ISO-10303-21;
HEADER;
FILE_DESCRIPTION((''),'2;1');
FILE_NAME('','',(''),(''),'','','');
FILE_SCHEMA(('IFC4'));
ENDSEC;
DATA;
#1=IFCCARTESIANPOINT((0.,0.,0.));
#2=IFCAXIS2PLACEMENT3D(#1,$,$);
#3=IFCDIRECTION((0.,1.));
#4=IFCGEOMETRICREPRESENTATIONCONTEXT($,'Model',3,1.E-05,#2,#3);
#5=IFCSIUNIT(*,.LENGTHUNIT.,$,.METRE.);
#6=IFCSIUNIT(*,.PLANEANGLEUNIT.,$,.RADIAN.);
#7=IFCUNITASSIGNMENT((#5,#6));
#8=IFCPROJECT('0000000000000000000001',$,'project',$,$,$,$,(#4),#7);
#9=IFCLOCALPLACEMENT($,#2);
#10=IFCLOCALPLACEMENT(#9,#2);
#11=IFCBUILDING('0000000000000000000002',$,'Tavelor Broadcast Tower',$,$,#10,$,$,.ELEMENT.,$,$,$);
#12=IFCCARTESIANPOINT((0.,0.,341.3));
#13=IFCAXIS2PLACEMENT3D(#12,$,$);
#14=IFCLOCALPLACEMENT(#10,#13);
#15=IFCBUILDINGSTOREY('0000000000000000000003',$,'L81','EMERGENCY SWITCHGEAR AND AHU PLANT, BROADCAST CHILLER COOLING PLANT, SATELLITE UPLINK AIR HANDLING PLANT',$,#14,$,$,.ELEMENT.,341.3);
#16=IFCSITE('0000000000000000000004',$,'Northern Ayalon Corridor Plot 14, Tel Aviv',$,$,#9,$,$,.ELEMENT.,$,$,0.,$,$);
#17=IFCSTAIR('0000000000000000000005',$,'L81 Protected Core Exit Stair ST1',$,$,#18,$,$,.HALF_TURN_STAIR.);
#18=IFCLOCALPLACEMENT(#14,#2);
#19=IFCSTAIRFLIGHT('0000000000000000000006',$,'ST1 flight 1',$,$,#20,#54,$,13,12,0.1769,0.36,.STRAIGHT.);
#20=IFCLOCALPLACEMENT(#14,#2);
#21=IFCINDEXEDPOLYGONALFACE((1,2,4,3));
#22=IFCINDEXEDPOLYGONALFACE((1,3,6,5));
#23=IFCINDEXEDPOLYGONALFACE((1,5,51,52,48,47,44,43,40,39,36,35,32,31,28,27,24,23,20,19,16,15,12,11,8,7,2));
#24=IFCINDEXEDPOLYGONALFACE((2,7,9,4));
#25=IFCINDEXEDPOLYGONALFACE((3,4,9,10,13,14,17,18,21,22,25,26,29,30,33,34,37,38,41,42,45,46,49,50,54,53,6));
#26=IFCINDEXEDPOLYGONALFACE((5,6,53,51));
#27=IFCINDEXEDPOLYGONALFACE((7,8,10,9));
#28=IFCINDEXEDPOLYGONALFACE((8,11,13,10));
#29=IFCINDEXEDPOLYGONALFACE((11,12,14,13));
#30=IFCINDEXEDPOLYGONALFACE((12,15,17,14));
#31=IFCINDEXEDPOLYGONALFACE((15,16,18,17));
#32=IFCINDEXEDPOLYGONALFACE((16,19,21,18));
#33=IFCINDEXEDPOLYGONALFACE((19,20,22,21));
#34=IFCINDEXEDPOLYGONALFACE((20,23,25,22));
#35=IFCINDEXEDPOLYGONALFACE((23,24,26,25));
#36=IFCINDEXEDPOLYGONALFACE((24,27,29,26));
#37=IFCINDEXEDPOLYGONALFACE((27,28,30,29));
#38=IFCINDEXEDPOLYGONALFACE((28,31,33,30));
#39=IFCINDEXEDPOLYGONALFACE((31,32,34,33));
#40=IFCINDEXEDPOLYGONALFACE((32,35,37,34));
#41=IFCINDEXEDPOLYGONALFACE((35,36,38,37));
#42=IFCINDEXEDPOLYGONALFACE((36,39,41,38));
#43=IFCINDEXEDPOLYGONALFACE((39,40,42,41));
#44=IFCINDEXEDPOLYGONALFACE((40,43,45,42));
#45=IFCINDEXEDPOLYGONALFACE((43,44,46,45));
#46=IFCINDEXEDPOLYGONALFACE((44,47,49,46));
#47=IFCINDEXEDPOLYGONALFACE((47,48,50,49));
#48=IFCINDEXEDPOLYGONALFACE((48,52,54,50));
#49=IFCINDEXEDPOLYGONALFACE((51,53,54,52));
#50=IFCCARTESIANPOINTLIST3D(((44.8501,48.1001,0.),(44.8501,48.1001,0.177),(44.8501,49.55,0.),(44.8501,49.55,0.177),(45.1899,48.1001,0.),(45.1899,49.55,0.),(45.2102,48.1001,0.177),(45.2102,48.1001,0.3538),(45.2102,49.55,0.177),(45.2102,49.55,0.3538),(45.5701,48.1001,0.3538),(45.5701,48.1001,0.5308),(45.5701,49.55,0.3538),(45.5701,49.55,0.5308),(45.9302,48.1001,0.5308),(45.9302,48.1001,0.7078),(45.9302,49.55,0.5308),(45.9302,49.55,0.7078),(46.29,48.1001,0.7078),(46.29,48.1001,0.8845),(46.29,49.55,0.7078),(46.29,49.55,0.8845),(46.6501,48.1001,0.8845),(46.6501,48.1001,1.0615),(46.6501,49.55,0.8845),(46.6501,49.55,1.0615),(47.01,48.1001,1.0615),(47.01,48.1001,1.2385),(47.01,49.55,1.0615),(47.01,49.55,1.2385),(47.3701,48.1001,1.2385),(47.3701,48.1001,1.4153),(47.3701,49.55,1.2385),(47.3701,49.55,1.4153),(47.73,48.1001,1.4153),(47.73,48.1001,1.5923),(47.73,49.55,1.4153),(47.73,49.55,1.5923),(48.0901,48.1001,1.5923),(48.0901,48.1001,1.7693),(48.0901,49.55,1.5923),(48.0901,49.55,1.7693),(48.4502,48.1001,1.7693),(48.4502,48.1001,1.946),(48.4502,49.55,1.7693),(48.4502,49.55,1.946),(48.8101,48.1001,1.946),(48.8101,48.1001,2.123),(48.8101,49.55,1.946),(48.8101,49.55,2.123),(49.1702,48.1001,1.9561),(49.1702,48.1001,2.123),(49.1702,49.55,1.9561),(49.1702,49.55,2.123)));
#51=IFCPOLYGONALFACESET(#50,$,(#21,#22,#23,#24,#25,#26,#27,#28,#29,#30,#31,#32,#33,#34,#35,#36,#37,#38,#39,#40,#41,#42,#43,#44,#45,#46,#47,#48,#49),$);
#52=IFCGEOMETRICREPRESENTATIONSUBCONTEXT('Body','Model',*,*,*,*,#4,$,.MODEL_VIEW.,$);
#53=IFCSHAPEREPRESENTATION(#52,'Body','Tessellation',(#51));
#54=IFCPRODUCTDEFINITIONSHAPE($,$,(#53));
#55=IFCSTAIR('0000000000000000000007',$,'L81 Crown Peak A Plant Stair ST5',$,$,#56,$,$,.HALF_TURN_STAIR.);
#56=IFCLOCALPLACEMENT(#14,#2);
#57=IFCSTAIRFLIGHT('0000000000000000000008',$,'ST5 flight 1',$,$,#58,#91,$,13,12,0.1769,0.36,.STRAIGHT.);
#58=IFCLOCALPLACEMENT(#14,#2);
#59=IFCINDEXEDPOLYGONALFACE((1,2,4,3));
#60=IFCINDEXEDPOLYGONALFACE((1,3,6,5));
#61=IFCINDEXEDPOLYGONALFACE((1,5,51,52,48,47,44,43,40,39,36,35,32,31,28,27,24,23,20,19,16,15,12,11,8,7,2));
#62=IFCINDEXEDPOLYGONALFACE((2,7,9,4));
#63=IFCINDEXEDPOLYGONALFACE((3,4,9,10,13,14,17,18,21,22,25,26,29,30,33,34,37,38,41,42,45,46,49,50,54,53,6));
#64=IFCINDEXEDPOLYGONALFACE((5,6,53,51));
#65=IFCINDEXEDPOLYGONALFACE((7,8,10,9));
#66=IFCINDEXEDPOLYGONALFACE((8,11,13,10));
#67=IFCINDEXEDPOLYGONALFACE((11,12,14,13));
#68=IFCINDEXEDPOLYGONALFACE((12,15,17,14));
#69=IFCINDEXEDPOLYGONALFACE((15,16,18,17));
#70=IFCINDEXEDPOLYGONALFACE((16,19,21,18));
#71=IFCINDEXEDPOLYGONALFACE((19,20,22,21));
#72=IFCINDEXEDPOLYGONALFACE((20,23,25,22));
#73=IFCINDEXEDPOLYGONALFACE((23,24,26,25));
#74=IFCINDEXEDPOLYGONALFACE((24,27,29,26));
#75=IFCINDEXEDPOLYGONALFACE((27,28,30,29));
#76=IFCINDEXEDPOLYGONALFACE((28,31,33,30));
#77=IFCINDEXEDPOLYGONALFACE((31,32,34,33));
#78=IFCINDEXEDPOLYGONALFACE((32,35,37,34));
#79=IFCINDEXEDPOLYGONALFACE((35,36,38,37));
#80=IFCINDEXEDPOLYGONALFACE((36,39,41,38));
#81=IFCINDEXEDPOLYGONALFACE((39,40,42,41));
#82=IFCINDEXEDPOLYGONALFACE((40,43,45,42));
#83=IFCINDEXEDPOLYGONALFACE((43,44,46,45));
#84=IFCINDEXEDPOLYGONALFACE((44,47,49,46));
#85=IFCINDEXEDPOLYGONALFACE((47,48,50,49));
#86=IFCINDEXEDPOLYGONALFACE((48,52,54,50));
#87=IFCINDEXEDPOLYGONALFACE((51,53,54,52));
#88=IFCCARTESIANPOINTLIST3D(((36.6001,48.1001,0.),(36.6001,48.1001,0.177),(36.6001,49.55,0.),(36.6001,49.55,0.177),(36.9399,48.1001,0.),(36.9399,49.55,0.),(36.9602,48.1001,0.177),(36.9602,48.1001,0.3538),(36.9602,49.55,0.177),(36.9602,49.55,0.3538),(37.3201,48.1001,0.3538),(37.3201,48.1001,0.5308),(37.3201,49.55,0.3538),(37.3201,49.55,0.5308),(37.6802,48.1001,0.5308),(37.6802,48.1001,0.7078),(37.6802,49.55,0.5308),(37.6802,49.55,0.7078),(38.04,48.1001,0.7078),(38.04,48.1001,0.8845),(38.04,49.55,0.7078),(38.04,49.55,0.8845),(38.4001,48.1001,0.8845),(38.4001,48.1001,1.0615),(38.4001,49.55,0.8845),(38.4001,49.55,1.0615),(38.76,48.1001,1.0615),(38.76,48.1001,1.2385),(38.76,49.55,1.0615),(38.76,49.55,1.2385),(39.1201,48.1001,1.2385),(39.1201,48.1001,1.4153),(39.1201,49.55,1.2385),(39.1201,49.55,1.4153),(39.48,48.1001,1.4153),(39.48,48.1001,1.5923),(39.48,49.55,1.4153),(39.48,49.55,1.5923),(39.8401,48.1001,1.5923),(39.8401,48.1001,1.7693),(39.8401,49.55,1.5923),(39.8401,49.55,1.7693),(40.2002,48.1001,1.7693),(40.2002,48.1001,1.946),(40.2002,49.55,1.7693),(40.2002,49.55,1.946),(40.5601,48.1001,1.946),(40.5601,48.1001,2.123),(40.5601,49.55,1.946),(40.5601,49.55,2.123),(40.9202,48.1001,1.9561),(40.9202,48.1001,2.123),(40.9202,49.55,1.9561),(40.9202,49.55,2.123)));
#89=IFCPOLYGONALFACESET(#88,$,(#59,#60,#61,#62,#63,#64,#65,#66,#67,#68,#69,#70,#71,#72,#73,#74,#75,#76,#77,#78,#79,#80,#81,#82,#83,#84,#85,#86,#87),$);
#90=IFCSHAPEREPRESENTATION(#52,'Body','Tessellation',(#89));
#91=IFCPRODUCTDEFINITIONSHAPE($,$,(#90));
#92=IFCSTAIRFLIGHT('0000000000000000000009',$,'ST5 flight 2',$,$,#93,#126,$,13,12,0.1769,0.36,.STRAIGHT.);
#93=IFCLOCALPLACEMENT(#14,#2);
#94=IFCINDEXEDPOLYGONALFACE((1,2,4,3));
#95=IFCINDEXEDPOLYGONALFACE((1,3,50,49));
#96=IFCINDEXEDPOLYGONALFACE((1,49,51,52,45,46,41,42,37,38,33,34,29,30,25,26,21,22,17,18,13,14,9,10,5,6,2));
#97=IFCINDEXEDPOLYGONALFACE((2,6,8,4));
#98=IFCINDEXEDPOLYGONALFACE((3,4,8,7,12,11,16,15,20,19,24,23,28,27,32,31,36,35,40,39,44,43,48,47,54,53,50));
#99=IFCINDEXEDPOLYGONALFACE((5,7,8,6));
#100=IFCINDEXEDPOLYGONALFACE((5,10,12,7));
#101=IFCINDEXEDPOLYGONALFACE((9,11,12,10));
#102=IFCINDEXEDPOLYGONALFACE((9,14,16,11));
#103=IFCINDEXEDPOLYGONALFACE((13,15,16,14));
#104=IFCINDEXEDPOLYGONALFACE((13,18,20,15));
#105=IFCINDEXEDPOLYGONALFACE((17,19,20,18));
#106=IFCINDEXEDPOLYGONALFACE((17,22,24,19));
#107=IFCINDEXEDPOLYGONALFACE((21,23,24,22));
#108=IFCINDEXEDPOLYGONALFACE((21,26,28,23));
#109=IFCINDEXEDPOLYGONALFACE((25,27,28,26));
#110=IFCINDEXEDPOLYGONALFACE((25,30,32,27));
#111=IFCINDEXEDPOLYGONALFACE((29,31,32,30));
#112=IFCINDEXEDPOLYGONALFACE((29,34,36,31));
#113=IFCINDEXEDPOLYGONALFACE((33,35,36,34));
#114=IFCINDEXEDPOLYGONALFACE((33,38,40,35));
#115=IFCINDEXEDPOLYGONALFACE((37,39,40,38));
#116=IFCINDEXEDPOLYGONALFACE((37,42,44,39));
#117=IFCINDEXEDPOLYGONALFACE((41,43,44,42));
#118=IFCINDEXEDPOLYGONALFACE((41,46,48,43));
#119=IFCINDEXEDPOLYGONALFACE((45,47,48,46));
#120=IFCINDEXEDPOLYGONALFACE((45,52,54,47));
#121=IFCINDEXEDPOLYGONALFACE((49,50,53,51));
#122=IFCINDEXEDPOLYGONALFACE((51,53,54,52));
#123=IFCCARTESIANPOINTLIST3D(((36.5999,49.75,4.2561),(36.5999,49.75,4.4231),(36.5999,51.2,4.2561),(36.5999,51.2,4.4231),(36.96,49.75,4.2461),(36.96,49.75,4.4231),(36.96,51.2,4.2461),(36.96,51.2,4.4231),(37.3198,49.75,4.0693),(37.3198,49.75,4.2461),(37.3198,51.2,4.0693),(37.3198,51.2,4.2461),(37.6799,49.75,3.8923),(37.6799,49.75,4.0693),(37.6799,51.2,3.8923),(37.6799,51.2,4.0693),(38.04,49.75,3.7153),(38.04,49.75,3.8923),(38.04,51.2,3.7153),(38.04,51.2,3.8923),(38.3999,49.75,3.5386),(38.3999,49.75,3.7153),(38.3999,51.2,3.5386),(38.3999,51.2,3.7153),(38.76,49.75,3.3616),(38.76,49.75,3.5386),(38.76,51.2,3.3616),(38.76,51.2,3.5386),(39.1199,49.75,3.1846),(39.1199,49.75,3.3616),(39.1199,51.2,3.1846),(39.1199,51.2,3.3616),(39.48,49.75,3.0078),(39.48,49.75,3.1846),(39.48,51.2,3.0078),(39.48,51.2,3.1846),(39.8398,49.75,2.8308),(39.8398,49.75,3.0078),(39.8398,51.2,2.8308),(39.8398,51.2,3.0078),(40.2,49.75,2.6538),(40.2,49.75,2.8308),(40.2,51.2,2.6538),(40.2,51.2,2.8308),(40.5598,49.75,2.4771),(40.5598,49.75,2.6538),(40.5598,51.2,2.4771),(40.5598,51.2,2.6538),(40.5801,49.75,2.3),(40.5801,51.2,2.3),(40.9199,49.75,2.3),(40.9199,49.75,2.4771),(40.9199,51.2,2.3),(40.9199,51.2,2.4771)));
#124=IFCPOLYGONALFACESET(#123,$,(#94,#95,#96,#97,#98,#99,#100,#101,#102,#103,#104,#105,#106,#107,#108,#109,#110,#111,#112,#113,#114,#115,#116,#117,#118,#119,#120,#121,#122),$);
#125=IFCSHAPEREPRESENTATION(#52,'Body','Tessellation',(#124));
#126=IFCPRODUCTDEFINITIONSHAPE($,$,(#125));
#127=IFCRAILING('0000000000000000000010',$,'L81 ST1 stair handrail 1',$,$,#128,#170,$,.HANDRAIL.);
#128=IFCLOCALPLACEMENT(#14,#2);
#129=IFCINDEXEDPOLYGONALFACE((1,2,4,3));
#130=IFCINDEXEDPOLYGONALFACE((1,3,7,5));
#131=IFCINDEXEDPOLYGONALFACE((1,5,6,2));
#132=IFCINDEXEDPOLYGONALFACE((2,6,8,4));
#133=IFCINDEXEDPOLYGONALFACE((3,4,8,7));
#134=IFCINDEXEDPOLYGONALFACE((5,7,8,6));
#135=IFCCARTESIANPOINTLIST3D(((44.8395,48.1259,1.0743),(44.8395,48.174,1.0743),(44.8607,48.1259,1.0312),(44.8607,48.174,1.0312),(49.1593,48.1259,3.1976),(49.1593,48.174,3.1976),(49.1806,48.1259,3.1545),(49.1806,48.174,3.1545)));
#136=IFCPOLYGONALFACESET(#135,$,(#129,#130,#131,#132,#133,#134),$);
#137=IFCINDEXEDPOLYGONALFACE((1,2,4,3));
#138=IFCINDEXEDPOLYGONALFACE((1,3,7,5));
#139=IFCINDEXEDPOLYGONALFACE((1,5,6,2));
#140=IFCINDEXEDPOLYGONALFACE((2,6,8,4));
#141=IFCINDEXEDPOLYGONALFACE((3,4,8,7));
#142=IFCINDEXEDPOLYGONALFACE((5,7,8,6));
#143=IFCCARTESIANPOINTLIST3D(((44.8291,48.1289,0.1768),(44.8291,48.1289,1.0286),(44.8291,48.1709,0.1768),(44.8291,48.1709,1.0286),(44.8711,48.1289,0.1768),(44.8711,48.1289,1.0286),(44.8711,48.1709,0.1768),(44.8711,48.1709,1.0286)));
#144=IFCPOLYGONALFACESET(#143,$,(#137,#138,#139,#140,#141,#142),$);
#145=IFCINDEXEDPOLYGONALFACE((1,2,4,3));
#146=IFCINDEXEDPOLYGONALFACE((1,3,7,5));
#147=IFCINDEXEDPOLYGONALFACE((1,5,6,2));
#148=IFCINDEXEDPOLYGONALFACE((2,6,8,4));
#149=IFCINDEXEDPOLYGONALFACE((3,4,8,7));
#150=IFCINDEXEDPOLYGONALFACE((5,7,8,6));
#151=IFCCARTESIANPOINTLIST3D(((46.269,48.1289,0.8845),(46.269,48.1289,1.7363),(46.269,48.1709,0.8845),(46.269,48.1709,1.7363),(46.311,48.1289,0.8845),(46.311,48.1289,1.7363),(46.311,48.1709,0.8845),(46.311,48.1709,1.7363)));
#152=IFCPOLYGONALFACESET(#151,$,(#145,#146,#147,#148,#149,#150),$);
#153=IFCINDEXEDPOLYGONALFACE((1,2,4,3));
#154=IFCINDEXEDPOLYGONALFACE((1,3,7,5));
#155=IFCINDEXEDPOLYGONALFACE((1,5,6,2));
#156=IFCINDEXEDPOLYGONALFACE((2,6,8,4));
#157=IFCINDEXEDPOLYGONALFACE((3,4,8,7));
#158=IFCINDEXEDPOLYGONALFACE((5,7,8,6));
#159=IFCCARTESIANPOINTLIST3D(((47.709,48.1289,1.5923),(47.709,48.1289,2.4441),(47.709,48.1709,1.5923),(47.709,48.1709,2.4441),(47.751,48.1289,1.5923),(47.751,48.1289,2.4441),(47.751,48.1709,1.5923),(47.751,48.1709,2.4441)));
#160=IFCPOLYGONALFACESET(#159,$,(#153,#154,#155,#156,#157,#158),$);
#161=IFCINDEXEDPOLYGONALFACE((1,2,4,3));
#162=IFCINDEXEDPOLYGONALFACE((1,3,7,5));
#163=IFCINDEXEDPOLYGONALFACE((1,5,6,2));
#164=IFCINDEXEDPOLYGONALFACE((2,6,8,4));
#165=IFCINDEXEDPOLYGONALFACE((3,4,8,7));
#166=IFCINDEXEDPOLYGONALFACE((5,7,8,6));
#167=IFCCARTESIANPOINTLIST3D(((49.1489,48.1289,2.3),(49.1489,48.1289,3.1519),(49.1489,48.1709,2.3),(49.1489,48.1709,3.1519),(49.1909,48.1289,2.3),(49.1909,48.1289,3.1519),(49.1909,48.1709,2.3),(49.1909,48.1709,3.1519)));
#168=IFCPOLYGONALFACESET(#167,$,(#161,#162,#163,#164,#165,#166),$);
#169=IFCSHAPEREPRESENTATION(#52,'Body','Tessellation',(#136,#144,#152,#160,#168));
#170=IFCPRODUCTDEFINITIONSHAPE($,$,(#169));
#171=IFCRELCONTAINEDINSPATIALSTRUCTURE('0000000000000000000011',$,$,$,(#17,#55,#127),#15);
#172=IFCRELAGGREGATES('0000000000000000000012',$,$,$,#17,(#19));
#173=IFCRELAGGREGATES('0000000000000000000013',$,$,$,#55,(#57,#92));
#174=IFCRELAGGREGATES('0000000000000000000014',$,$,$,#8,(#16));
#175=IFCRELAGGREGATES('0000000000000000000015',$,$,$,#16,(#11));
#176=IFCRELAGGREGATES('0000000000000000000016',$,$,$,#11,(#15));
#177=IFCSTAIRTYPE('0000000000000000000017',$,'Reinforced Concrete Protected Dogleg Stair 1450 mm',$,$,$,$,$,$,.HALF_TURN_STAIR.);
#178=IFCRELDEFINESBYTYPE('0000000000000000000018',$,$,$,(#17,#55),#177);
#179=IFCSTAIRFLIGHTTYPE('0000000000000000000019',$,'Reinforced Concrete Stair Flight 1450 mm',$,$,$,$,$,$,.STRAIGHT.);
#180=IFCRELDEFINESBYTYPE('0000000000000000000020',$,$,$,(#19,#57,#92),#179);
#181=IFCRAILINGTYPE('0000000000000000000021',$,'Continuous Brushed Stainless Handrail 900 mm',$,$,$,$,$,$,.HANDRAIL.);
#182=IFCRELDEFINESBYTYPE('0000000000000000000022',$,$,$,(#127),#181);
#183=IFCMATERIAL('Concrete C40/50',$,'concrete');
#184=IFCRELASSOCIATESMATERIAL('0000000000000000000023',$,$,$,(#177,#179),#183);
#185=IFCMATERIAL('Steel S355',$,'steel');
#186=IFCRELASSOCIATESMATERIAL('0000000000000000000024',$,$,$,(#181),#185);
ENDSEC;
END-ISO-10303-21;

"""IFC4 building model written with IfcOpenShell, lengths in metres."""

from ifc_helpers import new_model, si_unit, direction, frame, origin, origin_2d, place, context, subcontext, project, spatial, polyline, rectangle, outline, extrude, material, type_object, element, aggregate, save


model = new_model("IFC4")

# Units and contexts
model_context = context("Model", 3, precision=1e-05, world=origin(), true_north=direction((0.0, 1.0)))
body_context = subcontext(model_context, "Body", "Model", "MODEL_VIEW")
ifc_project = project(units=[si_unit("LENGTHUNIT", "METRE"), si_unit("PLANEANGLEUNIT", "RADIAN")], contexts=[model_context])

# Site, building, storey
site_placement = place(None, origin())
site = spatial("IfcSite", under=ifc_project, at=site_placement, Name="Northern Ayalon Corridor Plot 14, Tel Aviv", CompositionType="ELEMENT", RefElevation=0.0)
building_placement = place(site_placement, origin())
building = spatial("IfcBuilding", under=site, at=building_placement, Name="Tavelor Broadcast Tower", CompositionType="ELEMENT")
storey_placement = place(building_placement, frame((0.0, 0.0, 341.3)))
storey = spatial("IfcBuildingStorey", under=building, at=storey_placement, Name="L81", Description="EMERGENCY SWITCHGEAR AND AHU PLANT, BROADCAST CHILLER COOLING PLANT, SATELLITE UPLINK AIR HANDLING PLANT", CompositionType="ELEMENT", Elevation=341.3)

# Shared definitions
ifc_material_1 = material(Name="Concrete C40/50", Category="concrete")
ifc_material_2 = material(Name="Steel S355", Category="steel")

# Stair, stair flight
stair_type = type_object("IfcStairType", Name="Reinforced Concrete Protected Dogleg Stair 1450 mm", PredefinedType="HALF_TURN_STAIR", material=ifc_material_1)
stair_1_placement = place(storey_placement, origin())
stair_1 = element("IfcStair", 1, at=stair_1_placement, inside=storey, type_object=stair_type, Name="L81 Protected Core Exit Stair ST1", PredefinedType="HALF_TURN_STAIR")
stair_flight_type = type_object("IfcStairFlightType", Name="Reinforced Concrete Stair Flight 1450 mm", PredefinedType="STRAIGHT", material=ifc_material_1)
stair_flight_1_placement = place(storey_placement, frame((44.8501, 48.825, 0.0), z_axis=(0.0, 0.0, 1.0), x_axis=(1.0, 0.0, 0.0)))
stair_flight_1 = element("IfcStairFlight", 2, at=stair_flight_1_placement, type_object=stair_flight_type, Name="ST1 flight 1", NumberOfRisers=13, NumberOfTreads=12, PredefinedType="STRAIGHT", RiserHeight=0.1769, TreadLength=0.36, context=body_context, shape_type="SweptSolid", body=[
    extrude(outline(polyline([(0.0, 0.0), (0.0, 0.177), (0.3601, 0.177), (0.3601, 0.3538), (0.72, 0.3538), (0.72, 0.5308), (1.0801, 0.5308), (1.0801, 0.7078), (1.4399, 0.7078), (1.4399, 0.8845), (1.8, 0.8845), (1.8, 1.0615), (2.1599, 1.0615), (2.1599, 1.2385), (2.52, 1.2385), (2.52, 1.4153), (2.8799, 1.4153), (2.8799, 1.5923), (3.24, 1.5923), (3.24, 1.7693), (3.6001, 1.7693), (3.6001, 1.946), (3.96, 1.946), (3.96, 2.123), (4.3201, 2.123), (4.3201, 2.3), (4.3201, 1.9561), (0.3398, 0.0), (0.0, 0.0)])), frame((0.0, 0.7251, 0.0), z_axis=(0.0, -1.0, 0.0), x_axis=(1.0, 0.0, 0.0)), (0.0, 0.0, 1.0), 1.45),
])
aggregate(stair_1, [stair_flight_1])

# Stair, stair flights
stair_2_placement = place(storey_placement, origin())
stair_2 = element("IfcStair", 3, at=stair_2_placement, inside=storey, type_object=stair_type, Name="L81 Crown Peak A Plant Stair ST5", PredefinedType="HALF_TURN_STAIR")
stair_flight_2_placement = place(storey_placement, frame((36.6001, 48.825, 0.0), z_axis=(0.0, 0.0, 1.0), x_axis=(1.0, 0.0, 0.0)))
stair_flight_2 = element("IfcStairFlight", 4, at=stair_flight_2_placement, type_object=stair_flight_type, Name="ST5 flight 1", NumberOfRisers=13, NumberOfTreads=12, PredefinedType="STRAIGHT", RiserHeight=0.1769, TreadLength=0.36, context=body_context, shape_type="SweptSolid", body=[
    extrude(outline(polyline([(0.0, 0.0), (0.0, 0.177), (0.3601, 0.177), (0.3601, 0.3538), (0.72, 0.3538), (0.72, 0.5308), (1.0801, 0.5308), (1.0801, 0.7078), (1.4399, 0.7078), (1.4399, 0.8845), (1.8, 0.8845), (1.8, 1.0615), (2.1599, 1.0615), (2.1599, 1.2385), (2.52, 1.2385), (2.52, 1.4153), (2.8799, 1.4153), (2.8799, 1.5923), (3.24, 1.5923), (3.24, 1.7693), (3.6001, 1.7693), (3.6001, 1.946), (3.96, 1.946), (3.96, 2.123), (4.3201, 2.123), (4.3201, 2.3), (4.3201, 1.9561), (0.3398, 0.0), (0.0, 0.0)])), frame((0.0, 0.7251, 0.0), z_axis=(0.0, -1.0, 0.0), x_axis=(1.0, 0.0, 0.0)), (0.0, 0.0, 1.0), 1.45),
])
stair_flight_3_placement = place(storey_placement, frame((40.9199, 50.4751, 2.3), z_axis=(0.0, 0.0, 1.0), x_axis=(-1.0, 0.0, 0.0)))
stair_flight_3 = element("IfcStairFlight", 5, at=stair_flight_3_placement, type_object=stair_flight_type, Name="ST5 flight 2", NumberOfRisers=13, NumberOfTreads=12, PredefinedType="STRAIGHT", RiserHeight=0.1769, TreadLength=0.36, context=body_context, shape_type="SweptSolid", body=[
    extrude(outline(polyline([(0.0, 0.0), (0.0, 0.177), (0.3601, 0.177), (0.3601, 0.3538), (0.72, 0.3538), (0.72, 0.5308), (1.0801, 0.5308), (1.0801, 0.7078), (1.4399, 0.7078), (1.4399, 0.8845), (1.8, 0.8845), (1.8, 1.0615), (2.1599, 1.0615), (2.1599, 1.2385), (2.52, 1.2385), (2.52, 1.4153), (2.8799, 1.4153), (2.8799, 1.5923), (3.24, 1.5923), (3.24, 1.7693), (3.6001, 1.7693), (3.6001, 1.946), (3.96, 1.946), (3.96, 2.123), (4.3201, 2.123), (4.3201, 2.3), (4.3201, 1.9561), (0.3398, 0.0), (0.0, 0.0)])), frame((0.0, 0.7251, 0.0), z_axis=(0.0, -1.0, 0.0), x_axis=(1.0, 0.0, 0.0)), (0.0, 0.0, 1.0), 1.45),
])
aggregate(stair_2, [stair_flight_2, stair_flight_3])

# Railing
railing_type_1 = type_object("IfcRailingType", Name="Continuous Brushed Stainless Handrail 900 mm", PredefinedType="HANDRAIL", material=ifc_material_2)
for number, where, name in (
    (6, (44.8501, 48.1499, 0.1768), "L81 ST1 stair handrail 1"),
):
    element("IfcRailing", number, at=place(storey_placement, frame(where)), inside=storey, type_object=railing_type_1, Name=name, PredefinedType="HANDRAIL", context=body_context, shape_type="SweptSolid", body=[
        extrude(rectangle(XDim=0.0481, YDim=0.0481, at=origin_2d()), frame((0.0, 0.0, 0.876), z_axis=(0.89745, 0.0, 0.441117), x_axis=(0.0, 1.0, 0.0)), (0.0, 0.0, 1.0), 4.8135),
        extrude(rectangle(XDim=0.042, YDim=0.042, at=origin_2d()), origin(), (0.0, 0.0, 1.0), 0.8518),
        extrude(rectangle(XDim=0.042, YDim=0.042, at=origin_2d()), frame((1.4399, 0.0, 0.7078)), (0.0, 0.0, 1.0), 0.8518),
        extrude(rectangle(XDim=0.042, YDim=0.042, at=origin_2d()), frame((2.8799, 0.0, 1.4155)), (0.0, 0.0, 1.0), 0.8518),
        extrude(rectangle(XDim=0.042, YDim=0.042, at=origin_2d()), frame((4.3198, 0.0, 2.1233)), (0.0, 0.0, 1.0), 0.8518),
    ])

save(model, "model.ifc")
